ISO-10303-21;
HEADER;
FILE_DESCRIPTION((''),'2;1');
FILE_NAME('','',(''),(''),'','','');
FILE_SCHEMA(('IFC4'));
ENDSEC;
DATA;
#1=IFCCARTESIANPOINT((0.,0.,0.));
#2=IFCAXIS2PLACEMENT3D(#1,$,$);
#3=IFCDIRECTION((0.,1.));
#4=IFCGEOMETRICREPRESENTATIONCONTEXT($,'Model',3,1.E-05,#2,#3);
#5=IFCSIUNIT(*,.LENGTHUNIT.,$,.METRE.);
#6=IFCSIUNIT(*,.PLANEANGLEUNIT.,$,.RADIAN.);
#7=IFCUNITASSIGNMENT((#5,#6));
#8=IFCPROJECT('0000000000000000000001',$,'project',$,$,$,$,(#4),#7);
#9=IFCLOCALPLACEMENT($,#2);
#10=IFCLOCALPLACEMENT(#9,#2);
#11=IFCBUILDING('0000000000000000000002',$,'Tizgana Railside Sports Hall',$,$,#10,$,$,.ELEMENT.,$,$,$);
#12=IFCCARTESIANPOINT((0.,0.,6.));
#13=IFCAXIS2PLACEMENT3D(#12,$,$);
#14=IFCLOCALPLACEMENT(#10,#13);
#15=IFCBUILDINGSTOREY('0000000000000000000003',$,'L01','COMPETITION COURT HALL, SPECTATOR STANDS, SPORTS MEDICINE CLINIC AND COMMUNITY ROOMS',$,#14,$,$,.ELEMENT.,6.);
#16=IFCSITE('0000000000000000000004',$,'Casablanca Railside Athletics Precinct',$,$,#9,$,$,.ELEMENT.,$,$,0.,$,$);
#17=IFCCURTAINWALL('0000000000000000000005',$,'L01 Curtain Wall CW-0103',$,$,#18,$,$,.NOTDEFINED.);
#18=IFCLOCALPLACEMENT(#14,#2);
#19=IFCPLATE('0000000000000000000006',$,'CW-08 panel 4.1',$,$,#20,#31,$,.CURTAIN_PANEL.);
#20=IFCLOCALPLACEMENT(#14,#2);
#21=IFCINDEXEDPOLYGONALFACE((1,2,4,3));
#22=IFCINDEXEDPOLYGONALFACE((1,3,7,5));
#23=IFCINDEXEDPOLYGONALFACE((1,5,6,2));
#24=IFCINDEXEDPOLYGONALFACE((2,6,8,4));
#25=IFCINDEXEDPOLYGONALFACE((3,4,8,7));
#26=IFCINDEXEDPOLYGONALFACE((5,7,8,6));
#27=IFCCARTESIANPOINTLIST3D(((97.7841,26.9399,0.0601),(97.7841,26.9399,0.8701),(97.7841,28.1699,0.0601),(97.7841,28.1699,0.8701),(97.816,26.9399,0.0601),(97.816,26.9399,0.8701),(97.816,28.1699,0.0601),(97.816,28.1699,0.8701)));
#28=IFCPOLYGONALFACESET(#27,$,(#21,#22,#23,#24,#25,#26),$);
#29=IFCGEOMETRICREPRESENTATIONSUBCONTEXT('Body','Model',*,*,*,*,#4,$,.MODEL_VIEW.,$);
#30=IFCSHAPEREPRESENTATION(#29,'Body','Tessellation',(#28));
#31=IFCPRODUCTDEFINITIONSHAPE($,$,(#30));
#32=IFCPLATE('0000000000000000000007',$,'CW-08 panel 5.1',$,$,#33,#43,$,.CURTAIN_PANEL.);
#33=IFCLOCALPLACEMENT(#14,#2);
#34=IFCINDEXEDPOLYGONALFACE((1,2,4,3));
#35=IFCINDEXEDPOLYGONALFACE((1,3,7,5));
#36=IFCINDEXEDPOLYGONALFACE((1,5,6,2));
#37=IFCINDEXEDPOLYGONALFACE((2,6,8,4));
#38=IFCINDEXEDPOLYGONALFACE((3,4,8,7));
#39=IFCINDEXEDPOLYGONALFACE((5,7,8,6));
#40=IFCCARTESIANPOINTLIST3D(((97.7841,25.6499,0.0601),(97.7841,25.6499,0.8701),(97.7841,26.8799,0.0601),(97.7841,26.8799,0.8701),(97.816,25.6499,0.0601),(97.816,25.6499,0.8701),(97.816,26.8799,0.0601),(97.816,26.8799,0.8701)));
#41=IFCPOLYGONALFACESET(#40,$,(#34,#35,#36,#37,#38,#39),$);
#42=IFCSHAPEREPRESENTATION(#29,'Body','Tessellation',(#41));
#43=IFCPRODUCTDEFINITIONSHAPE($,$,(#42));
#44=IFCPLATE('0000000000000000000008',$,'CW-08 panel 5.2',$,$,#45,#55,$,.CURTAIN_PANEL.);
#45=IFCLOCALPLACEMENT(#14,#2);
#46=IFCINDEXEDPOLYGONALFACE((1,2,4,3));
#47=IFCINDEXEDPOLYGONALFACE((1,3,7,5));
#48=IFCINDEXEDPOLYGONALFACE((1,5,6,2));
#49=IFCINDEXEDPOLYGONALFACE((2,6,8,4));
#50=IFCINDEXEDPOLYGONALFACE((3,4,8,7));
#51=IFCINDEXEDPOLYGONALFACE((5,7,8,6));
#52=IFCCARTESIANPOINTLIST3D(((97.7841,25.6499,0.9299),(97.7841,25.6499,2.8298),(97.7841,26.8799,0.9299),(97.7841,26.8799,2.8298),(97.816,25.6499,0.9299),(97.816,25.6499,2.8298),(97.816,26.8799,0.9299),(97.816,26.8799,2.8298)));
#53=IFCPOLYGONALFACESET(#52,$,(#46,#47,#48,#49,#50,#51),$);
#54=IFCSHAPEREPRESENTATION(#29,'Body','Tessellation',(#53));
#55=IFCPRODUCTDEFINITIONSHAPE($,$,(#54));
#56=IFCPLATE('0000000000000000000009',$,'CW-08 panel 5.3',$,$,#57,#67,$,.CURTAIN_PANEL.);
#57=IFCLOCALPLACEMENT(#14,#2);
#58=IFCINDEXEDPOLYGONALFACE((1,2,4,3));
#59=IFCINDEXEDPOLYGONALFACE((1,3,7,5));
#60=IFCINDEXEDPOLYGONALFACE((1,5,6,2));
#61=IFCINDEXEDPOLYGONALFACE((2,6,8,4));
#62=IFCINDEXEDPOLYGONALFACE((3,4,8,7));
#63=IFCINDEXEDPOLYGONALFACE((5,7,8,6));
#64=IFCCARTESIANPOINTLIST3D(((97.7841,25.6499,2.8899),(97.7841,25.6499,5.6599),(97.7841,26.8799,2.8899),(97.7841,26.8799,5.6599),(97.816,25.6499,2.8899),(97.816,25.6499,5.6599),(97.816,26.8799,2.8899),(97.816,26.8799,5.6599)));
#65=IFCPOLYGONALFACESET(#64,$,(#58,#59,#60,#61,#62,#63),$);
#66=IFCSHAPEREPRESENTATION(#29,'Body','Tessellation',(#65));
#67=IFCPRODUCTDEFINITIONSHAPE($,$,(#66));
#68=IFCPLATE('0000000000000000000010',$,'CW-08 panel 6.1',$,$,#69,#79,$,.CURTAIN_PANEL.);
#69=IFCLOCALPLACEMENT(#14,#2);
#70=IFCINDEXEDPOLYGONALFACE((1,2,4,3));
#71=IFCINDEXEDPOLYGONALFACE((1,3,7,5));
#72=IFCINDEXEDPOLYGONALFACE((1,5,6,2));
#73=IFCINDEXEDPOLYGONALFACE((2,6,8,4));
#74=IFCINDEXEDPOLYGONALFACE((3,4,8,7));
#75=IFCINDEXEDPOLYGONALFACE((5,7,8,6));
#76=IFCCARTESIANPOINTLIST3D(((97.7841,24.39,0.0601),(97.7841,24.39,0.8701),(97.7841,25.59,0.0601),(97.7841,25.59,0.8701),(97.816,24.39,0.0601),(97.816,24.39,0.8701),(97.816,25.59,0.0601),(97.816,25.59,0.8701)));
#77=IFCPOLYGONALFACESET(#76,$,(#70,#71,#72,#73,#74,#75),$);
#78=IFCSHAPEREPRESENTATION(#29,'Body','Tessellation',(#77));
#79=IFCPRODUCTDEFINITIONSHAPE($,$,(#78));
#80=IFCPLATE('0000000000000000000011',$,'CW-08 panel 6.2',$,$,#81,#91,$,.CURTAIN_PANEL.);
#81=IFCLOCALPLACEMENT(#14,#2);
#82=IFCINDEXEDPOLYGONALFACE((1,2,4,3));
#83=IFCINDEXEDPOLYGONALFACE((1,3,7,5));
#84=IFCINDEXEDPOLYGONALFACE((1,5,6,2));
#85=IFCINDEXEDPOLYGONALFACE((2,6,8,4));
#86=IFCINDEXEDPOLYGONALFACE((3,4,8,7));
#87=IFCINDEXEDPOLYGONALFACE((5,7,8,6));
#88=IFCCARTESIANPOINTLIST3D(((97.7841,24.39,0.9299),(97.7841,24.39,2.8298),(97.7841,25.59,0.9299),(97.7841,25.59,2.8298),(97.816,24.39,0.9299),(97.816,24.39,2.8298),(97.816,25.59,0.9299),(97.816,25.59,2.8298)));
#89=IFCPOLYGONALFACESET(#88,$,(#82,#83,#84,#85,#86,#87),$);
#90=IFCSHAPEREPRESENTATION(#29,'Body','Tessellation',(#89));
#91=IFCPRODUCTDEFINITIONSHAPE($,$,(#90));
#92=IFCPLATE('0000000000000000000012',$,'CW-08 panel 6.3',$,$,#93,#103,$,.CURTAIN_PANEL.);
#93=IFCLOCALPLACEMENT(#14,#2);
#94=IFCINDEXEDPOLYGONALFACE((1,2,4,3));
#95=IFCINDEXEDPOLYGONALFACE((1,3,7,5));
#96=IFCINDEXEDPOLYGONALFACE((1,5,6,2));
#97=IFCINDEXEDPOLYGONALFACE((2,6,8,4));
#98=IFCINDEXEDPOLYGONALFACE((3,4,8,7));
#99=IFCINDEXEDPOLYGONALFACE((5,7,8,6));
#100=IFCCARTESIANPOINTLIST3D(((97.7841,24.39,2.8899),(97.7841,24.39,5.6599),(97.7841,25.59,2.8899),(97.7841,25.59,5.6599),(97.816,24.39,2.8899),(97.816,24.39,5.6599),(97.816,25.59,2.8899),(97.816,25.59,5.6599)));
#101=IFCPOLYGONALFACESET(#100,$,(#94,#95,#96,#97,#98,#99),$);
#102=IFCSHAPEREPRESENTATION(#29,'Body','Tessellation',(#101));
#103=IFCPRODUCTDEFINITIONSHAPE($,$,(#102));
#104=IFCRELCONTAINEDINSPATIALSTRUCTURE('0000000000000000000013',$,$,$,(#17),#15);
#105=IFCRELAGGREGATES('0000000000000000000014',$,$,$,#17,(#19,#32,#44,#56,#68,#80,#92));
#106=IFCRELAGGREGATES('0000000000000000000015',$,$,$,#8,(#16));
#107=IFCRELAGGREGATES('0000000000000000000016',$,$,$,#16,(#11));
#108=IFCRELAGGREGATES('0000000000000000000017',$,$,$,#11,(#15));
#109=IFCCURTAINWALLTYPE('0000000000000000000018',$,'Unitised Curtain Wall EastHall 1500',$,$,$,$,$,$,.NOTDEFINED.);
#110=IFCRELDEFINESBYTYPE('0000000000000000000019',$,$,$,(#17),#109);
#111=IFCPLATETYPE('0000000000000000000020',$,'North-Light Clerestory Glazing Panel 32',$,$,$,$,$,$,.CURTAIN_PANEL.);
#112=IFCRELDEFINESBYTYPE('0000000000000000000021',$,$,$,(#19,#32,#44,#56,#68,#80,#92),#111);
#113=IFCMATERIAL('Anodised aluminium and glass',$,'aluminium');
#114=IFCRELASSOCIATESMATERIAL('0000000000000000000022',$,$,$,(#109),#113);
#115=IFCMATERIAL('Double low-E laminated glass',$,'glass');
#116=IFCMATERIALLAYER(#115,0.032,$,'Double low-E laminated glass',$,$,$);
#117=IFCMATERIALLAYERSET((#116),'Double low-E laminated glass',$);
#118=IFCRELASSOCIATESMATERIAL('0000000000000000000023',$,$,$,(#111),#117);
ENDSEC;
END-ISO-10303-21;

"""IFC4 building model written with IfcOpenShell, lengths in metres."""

from ifc_helpers import new_model, si_unit, direction, frame, origin, origin_2d, place, context, subcontext, project, spatial, rectangle, extrude, material, layer, layer_set, type_object, element, aggregate, save


model = new_model("IFC4")

# Units and contexts
model_context = context("Model", 3, precision=1e-05, world=origin(), true_north=direction((0.0, 1.0)))
body_context = subcontext(model_context, "Body", "Model", "MODEL_VIEW")
ifc_project = project(units=[si_unit("LENGTHUNIT", "METRE"), si_unit("PLANEANGLEUNIT", "RADIAN")], contexts=[model_context])

# Site, building, storey
site_placement = place(None, origin())
site = spatial("IfcSite", under=ifc_project, at=site_placement, Name="Casablanca Railside Athletics Precinct", CompositionType="ELEMENT", RefElevation=0.0)
building_placement = place(site_placement, origin())
building = spatial("IfcBuilding", under=site, at=building_placement, Name="Tizgana Railside Sports Hall", CompositionType="ELEMENT")
storey_placement = place(building_placement, frame((0.0, 0.0, 6.0)))
storey = spatial("IfcBuildingStorey", under=building, at=storey_placement, Name="L01", Description="COMPETITION COURT HALL, SPECTATOR STANDS, SPORTS MEDICINE CLINIC AND COMMUNITY ROOMS", CompositionType="ELEMENT", Elevation=6.0)

# Curtain wall
ifc_material_1 = material(Name="Anodised aluminium and glass", Category="aluminium")
curtain_wall_type_1 = type_object("IfcCurtainWallType", Name="Unitised Curtain Wall EastHall 1500", PredefinedType="NOTDEFINED", material=ifc_material_1)
curtain_wall_1_placement = place(storey_placement, origin())
curtain_wall_1 = element("IfcCurtainWall", 1, at=curtain_wall_1_placement, inside=storey, type_object=curtain_wall_type_1, Name="L01 Curtain Wall CW-0103", PredefinedType="NOTDEFINED")

# Plates
ifc_material_2 = material(Name="Double low-E laminated glass", Category="glass")
ifc_layer_1 = layer(ifc_material_2, 0.032, Name="Double low-E laminated glass")
ifc_layer_set_1 = layer_set([ifc_layer_1], Name="Double low-E laminated glass")
plate_type_1 = type_object("IfcPlateType", Name="North-Light Clerestory Glazing Panel 32", PredefinedType="CURTAIN_PANEL", material=ifc_layer_set_1)
plate_1_placement = place(storey_placement, frame((97.8, 27.5549, 0.0601), z_axis=(0.0, 0.0, 1.0), x_axis=(0.0, -1.0, 0.0)))
plate_1 = element("IfcPlate", 2, at=plate_1_placement, type_object=plate_type_1, Name="CW-08 panel 4.1", PredefinedType="CURTAIN_PANEL", context=body_context, shape_type="SweptSolid", body=[
    extrude(rectangle(XDim=1.23, YDim=0.032, at=origin_2d()), origin(), (0.0, 0.0, 1.0), 0.8101),
])
plate_2_placement = place(storey_placement, frame((97.8, 26.2649, 0.0601), z_axis=(0.0, 0.0, 1.0), x_axis=(0.0, -1.0, 0.0)))
plate_2 = element("IfcPlate", 3, at=plate_2_placement, type_object=plate_type_1, Name="CW-08 panel 5.1", PredefinedType="CURTAIN_PANEL", context=body_context, shape_type="SweptSolid", body=[
    extrude(rectangle(XDim=1.23, YDim=0.032, at=origin_2d()), origin(), (0.0, 0.0, 1.0), 0.8101),
])
plate_3_placement = place(storey_placement, frame((97.8, 26.2649, 0.9299), z_axis=(0.0, 0.0, 1.0), x_axis=(0.0, -1.0, 0.0)))
plate_3 = element("IfcPlate", 4, at=plate_3_placement, type_object=plate_type_1, Name="CW-08 panel 5.2", PredefinedType="CURTAIN_PANEL", context=body_context, shape_type="SweptSolid", body=[
    extrude(rectangle(XDim=1.23, YDim=0.032, at=origin_2d()), origin(), (0.0, 0.0, 1.0), 1.8999),
])
plate_4_placement = place(storey_placement, frame((97.8, 26.2649, 2.8899), z_axis=(0.0, 0.0, 1.0), x_axis=(0.0, -1.0, 0.0)))
plate_4 = element("IfcPlate", 5, at=plate_4_placement, type_object=plate_type_1, Name="CW-08 panel 5.3", PredefinedType="CURTAIN_PANEL", context=body_context, shape_type="SweptSolid", body=[
    extrude(rectangle(XDim=1.23, YDim=0.032, at=origin_2d()), origin(), (0.0, 0.0, 1.0), 2.77),
])
plate_5_placement = place(storey_placement, frame((97.8, 24.99, 0.0601), z_axis=(0.0, 0.0, 1.0), x_axis=(0.0, -1.0, 0.0)))
plate_5 = element("IfcPlate", 6, at=plate_5_placement, type_object=plate_type_1, Name="CW-08 panel 6.1", PredefinedType="CURTAIN_PANEL", context=body_context, shape_type="SweptSolid", body=[
    extrude(rectangle(XDim=1.2, YDim=0.032, at=origin_2d()), origin(), (0.0, 0.0, 1.0), 0.8101),
])
plate_6_placement = place(storey_placement, frame((97.8, 24.99, 0.9299), z_axis=(0.0, 0.0, 1.0), x_axis=(0.0, -1.0, 0.0)))
plate_6 = element("IfcPlate", 7, at=plate_6_placement, type_object=plate_type_1, Name="CW-08 panel 6.2", PredefinedType="CURTAIN_PANEL", context=body_context, shape_type="SweptSolid", body=[
    extrude(rectangle(XDim=1.2, YDim=0.032, at=origin_2d()), origin(), (0.0, 0.0, 1.0), 1.8999),
])
plate_7_placement = place(storey_placement, frame((97.8, 24.99, 2.8899), z_axis=(0.0, 0.0, 1.0), x_axis=(0.0, -1.0, 0.0)))
plate_7 = element("IfcPlate", 8, at=plate_7_placement, type_object=plate_type_1, Name="CW-08 panel 6.3", PredefinedType="CURTAIN_PANEL", context=body_context, shape_type="SweptSolid", body=[
    extrude(rectangle(XDim=1.2, YDim=0.032, at=origin_2d()), origin(), (0.0, 0.0, 1.0), 2.77),
])
aggregate(curtain_wall_1, [plate_1, plate_2, plate_3, plate_4, plate_5, plate_6, plate_7])

save(model, "model.ifc")
